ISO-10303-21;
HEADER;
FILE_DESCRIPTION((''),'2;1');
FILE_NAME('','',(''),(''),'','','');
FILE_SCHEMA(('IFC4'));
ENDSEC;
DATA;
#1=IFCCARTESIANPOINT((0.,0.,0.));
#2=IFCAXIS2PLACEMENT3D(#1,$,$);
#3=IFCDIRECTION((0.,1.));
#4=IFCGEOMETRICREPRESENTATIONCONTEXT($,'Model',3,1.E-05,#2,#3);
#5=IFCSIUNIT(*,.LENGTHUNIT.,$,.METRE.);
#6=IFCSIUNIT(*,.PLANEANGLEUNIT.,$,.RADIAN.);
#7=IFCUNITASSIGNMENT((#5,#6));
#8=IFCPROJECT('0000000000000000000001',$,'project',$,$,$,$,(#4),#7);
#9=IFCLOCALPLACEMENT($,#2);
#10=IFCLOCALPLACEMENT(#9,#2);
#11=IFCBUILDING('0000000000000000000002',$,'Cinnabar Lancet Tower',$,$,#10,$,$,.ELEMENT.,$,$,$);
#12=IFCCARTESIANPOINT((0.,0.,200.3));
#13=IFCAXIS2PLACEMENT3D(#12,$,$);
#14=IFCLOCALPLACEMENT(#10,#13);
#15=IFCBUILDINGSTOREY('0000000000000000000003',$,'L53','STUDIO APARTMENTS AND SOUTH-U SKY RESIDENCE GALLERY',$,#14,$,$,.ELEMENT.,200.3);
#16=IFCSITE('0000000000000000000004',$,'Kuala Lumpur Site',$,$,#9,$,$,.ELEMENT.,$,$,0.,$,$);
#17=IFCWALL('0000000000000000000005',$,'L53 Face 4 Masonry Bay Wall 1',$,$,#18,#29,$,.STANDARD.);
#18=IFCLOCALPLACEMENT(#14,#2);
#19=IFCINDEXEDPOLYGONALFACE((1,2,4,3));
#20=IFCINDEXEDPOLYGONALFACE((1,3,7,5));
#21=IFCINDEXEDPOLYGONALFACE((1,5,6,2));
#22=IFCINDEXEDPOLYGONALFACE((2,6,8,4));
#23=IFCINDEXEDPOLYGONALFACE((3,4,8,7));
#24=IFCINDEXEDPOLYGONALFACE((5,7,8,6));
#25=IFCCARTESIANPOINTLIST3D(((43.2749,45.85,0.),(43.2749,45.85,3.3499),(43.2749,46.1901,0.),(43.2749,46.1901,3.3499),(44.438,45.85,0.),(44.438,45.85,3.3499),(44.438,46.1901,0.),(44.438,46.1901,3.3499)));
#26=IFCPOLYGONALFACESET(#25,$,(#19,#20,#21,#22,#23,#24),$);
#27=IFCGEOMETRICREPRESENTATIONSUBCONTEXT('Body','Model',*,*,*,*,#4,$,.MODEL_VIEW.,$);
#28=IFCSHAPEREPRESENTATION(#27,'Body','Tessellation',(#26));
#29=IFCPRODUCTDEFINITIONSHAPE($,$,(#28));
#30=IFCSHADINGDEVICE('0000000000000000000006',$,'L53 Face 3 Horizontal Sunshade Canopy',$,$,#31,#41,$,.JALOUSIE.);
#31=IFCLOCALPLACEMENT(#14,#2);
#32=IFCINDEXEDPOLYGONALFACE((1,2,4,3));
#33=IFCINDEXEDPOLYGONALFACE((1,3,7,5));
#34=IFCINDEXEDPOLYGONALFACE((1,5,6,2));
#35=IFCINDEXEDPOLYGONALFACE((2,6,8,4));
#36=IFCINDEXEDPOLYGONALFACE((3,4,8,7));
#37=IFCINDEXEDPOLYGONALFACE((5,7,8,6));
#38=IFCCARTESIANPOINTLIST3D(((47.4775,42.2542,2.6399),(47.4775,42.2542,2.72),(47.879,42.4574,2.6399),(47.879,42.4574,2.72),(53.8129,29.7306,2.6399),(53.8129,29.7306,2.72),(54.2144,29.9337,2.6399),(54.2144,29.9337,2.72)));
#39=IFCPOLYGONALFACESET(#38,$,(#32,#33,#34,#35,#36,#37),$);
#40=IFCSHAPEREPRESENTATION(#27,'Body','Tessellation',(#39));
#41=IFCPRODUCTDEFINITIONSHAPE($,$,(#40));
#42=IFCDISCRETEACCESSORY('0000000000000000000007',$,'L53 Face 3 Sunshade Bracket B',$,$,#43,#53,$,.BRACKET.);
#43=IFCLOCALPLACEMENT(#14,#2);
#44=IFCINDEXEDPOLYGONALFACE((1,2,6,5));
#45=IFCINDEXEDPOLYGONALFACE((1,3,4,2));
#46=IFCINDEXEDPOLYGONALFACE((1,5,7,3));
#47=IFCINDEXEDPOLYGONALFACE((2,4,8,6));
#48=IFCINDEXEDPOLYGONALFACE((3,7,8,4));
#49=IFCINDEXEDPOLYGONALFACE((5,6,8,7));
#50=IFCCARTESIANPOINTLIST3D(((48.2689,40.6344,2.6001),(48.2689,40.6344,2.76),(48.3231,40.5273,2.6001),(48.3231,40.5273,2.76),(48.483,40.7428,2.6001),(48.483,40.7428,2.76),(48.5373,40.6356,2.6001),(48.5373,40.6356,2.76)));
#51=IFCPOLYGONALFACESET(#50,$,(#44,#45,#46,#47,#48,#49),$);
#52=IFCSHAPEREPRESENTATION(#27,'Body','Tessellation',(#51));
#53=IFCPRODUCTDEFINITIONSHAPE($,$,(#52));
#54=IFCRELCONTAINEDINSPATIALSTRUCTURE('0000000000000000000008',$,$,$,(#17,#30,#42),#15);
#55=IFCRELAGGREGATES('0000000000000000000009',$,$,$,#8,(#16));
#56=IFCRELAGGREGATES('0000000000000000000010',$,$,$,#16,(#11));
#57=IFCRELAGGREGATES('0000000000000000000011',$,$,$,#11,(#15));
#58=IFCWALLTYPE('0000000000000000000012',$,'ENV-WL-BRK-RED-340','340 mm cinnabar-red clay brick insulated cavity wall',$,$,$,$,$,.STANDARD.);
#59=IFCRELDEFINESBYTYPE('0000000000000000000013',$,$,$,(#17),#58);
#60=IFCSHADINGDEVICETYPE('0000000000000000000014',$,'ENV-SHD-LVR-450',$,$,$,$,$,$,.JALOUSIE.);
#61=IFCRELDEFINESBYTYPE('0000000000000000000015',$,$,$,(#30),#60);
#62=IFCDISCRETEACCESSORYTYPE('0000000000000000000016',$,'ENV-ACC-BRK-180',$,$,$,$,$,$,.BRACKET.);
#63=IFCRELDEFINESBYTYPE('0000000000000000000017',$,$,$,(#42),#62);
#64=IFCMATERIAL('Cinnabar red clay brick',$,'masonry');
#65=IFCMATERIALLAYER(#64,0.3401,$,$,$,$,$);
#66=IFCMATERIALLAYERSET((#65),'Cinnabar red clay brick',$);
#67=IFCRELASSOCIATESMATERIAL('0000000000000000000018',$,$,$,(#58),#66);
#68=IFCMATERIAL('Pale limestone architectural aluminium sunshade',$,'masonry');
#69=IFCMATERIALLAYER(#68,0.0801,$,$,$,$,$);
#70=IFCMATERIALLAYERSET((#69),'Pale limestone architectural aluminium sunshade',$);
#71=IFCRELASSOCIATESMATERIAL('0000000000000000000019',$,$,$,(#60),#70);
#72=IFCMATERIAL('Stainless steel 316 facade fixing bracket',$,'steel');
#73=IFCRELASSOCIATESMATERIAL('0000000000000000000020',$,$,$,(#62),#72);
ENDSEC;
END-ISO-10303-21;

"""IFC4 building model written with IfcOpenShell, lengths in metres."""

from ifc_helpers import new_model, si_unit, direction, frame, frame_2d, origin, origin_2d, place, context, subcontext, project, spatial, rectangle, extrude, material, layer, layer_set, type_object, element, save


model = new_model("IFC4")

# Units and contexts
model_context = context("Model", 3, precision=1e-05, world=origin(), true_north=direction((0.0, 1.0)))
body_context = subcontext(model_context, "Body", "Model", "MODEL_VIEW")
ifc_project = project(units=[si_unit("LENGTHUNIT", "METRE"), si_unit("PLANEANGLEUNIT", "RADIAN")], contexts=[model_context])

# Site, building, storey
site_placement = place(None, origin())
site = spatial("IfcSite", under=ifc_project, at=site_placement, Name="Kuala Lumpur Site", CompositionType="ELEMENT", RefElevation=0.0)
building_placement = place(site_placement, origin())
building = spatial("IfcBuilding", under=site, at=building_placement, Name="Cinnabar Lancet Tower", CompositionType="ELEMENT")
storey_placement = place(building_placement, frame((0.0, 0.0, 200.3)))
storey = spatial("IfcBuildingStorey", under=building, at=storey_placement, Name="L53", Description="STUDIO APARTMENTS AND SOUTH-U SKY RESIDENCE GALLERY", CompositionType="ELEMENT", Elevation=200.3)

# Shared definitions
ifc_material_1 = material(Name="Cinnabar red clay brick", Category="masonry")
ifc_layer_1 = layer(ifc_material_1, 0.3401)
ifc_layer_set_1 = layer_set([ifc_layer_1], Name="Cinnabar red clay brick")
wall_type_1 = type_object("IfcWallType", Name="ENV-WL-BRK-RED-340", Description="340 mm cinnabar-red clay brick insulated cavity wall", PredefinedType="STANDARD", material=ifc_layer_set_1)

# Wall
wall_1_placement = place(storey_placement, frame((44.438, 46.02, 0.0), z_axis=(0.0, 0.0, 1.0), x_axis=(-1.0, 0.0, 0.0)))
element("IfcWall", 1, at=wall_1_placement, inside=storey, type_object=wall_type_1, Name="L53 Face 4 Masonry Bay Wall 1", PredefinedType="STANDARD", context=body_context, shape_type="SweptSolid", body=[
    extrude(rectangle(XDim=1.1631, YDim=0.3401, at=frame_2d((0.5815, 0.0))), origin(), (0.0, 0.0, 1.0), 3.3499),
])

# Shading device
ifc_material_2 = material(Name="Pale limestone architectural aluminium sunshade", Category="masonry")
ifc_layer_2 = layer(ifc_material_2, 0.0801)
ifc_layer_set_2 = layer_set([ifc_layer_2], Name="Pale limestone architectural aluminium sunshade")
shading_device_type = type_object("IfcShadingDeviceType", Name="ENV-SHD-LVR-450", PredefinedType="JALOUSIE", material=ifc_layer_set_2)
shading_device_placement = place(storey_placement, frame((50.8459, 36.094, 2.6399), z_axis=(0.0, 0.0, 1.0), x_axis=(-0.451407, 0.892318, 0.0)))
element("IfcShadingDevice", 2, at=shading_device_placement, inside=storey, type_object=shading_device_type, Name="L53 Face 3 Horizontal Sunshade Canopy", PredefinedType="JALOUSIE", context=body_context, shape_type="SweptSolid", body=[
    extrude(rectangle(XDim=14.0349, YDim=0.45, at=origin_2d()), origin(), (0.0, 0.0, 1.0), 0.0801),
])

# Discrete accessory
ifc_material_3 = material(Name="Stainless steel 316 facade fixing bracket", Category="steel")
discrete_accessory_type = type_object("IfcDiscreteAccessoryType", Name="ENV-ACC-BRK-180", PredefinedType="BRACKET", material=ifc_material_3)
discrete_accessory_placement = place(storey_placement, frame((48.4031, 40.635, 2.6001), z_axis=(0.0, 0.0, 1.0), x_axis=(-0.451407, 0.892318, 0.0)))
element("IfcDiscreteAccessory", 3, at=discrete_accessory_placement, inside=storey, type_object=discrete_accessory_type, Name="L53 Face 3 Sunshade Bracket B", PredefinedType="BRACKET", context=body_context, shape_type="SweptSolid", body=[
    extrude(rectangle(XDim=0.1201, YDim=0.24, at=origin_2d()), origin(), (0.0, 0.0, 1.0), 0.1599),
])

save(model, "model.ifc")
